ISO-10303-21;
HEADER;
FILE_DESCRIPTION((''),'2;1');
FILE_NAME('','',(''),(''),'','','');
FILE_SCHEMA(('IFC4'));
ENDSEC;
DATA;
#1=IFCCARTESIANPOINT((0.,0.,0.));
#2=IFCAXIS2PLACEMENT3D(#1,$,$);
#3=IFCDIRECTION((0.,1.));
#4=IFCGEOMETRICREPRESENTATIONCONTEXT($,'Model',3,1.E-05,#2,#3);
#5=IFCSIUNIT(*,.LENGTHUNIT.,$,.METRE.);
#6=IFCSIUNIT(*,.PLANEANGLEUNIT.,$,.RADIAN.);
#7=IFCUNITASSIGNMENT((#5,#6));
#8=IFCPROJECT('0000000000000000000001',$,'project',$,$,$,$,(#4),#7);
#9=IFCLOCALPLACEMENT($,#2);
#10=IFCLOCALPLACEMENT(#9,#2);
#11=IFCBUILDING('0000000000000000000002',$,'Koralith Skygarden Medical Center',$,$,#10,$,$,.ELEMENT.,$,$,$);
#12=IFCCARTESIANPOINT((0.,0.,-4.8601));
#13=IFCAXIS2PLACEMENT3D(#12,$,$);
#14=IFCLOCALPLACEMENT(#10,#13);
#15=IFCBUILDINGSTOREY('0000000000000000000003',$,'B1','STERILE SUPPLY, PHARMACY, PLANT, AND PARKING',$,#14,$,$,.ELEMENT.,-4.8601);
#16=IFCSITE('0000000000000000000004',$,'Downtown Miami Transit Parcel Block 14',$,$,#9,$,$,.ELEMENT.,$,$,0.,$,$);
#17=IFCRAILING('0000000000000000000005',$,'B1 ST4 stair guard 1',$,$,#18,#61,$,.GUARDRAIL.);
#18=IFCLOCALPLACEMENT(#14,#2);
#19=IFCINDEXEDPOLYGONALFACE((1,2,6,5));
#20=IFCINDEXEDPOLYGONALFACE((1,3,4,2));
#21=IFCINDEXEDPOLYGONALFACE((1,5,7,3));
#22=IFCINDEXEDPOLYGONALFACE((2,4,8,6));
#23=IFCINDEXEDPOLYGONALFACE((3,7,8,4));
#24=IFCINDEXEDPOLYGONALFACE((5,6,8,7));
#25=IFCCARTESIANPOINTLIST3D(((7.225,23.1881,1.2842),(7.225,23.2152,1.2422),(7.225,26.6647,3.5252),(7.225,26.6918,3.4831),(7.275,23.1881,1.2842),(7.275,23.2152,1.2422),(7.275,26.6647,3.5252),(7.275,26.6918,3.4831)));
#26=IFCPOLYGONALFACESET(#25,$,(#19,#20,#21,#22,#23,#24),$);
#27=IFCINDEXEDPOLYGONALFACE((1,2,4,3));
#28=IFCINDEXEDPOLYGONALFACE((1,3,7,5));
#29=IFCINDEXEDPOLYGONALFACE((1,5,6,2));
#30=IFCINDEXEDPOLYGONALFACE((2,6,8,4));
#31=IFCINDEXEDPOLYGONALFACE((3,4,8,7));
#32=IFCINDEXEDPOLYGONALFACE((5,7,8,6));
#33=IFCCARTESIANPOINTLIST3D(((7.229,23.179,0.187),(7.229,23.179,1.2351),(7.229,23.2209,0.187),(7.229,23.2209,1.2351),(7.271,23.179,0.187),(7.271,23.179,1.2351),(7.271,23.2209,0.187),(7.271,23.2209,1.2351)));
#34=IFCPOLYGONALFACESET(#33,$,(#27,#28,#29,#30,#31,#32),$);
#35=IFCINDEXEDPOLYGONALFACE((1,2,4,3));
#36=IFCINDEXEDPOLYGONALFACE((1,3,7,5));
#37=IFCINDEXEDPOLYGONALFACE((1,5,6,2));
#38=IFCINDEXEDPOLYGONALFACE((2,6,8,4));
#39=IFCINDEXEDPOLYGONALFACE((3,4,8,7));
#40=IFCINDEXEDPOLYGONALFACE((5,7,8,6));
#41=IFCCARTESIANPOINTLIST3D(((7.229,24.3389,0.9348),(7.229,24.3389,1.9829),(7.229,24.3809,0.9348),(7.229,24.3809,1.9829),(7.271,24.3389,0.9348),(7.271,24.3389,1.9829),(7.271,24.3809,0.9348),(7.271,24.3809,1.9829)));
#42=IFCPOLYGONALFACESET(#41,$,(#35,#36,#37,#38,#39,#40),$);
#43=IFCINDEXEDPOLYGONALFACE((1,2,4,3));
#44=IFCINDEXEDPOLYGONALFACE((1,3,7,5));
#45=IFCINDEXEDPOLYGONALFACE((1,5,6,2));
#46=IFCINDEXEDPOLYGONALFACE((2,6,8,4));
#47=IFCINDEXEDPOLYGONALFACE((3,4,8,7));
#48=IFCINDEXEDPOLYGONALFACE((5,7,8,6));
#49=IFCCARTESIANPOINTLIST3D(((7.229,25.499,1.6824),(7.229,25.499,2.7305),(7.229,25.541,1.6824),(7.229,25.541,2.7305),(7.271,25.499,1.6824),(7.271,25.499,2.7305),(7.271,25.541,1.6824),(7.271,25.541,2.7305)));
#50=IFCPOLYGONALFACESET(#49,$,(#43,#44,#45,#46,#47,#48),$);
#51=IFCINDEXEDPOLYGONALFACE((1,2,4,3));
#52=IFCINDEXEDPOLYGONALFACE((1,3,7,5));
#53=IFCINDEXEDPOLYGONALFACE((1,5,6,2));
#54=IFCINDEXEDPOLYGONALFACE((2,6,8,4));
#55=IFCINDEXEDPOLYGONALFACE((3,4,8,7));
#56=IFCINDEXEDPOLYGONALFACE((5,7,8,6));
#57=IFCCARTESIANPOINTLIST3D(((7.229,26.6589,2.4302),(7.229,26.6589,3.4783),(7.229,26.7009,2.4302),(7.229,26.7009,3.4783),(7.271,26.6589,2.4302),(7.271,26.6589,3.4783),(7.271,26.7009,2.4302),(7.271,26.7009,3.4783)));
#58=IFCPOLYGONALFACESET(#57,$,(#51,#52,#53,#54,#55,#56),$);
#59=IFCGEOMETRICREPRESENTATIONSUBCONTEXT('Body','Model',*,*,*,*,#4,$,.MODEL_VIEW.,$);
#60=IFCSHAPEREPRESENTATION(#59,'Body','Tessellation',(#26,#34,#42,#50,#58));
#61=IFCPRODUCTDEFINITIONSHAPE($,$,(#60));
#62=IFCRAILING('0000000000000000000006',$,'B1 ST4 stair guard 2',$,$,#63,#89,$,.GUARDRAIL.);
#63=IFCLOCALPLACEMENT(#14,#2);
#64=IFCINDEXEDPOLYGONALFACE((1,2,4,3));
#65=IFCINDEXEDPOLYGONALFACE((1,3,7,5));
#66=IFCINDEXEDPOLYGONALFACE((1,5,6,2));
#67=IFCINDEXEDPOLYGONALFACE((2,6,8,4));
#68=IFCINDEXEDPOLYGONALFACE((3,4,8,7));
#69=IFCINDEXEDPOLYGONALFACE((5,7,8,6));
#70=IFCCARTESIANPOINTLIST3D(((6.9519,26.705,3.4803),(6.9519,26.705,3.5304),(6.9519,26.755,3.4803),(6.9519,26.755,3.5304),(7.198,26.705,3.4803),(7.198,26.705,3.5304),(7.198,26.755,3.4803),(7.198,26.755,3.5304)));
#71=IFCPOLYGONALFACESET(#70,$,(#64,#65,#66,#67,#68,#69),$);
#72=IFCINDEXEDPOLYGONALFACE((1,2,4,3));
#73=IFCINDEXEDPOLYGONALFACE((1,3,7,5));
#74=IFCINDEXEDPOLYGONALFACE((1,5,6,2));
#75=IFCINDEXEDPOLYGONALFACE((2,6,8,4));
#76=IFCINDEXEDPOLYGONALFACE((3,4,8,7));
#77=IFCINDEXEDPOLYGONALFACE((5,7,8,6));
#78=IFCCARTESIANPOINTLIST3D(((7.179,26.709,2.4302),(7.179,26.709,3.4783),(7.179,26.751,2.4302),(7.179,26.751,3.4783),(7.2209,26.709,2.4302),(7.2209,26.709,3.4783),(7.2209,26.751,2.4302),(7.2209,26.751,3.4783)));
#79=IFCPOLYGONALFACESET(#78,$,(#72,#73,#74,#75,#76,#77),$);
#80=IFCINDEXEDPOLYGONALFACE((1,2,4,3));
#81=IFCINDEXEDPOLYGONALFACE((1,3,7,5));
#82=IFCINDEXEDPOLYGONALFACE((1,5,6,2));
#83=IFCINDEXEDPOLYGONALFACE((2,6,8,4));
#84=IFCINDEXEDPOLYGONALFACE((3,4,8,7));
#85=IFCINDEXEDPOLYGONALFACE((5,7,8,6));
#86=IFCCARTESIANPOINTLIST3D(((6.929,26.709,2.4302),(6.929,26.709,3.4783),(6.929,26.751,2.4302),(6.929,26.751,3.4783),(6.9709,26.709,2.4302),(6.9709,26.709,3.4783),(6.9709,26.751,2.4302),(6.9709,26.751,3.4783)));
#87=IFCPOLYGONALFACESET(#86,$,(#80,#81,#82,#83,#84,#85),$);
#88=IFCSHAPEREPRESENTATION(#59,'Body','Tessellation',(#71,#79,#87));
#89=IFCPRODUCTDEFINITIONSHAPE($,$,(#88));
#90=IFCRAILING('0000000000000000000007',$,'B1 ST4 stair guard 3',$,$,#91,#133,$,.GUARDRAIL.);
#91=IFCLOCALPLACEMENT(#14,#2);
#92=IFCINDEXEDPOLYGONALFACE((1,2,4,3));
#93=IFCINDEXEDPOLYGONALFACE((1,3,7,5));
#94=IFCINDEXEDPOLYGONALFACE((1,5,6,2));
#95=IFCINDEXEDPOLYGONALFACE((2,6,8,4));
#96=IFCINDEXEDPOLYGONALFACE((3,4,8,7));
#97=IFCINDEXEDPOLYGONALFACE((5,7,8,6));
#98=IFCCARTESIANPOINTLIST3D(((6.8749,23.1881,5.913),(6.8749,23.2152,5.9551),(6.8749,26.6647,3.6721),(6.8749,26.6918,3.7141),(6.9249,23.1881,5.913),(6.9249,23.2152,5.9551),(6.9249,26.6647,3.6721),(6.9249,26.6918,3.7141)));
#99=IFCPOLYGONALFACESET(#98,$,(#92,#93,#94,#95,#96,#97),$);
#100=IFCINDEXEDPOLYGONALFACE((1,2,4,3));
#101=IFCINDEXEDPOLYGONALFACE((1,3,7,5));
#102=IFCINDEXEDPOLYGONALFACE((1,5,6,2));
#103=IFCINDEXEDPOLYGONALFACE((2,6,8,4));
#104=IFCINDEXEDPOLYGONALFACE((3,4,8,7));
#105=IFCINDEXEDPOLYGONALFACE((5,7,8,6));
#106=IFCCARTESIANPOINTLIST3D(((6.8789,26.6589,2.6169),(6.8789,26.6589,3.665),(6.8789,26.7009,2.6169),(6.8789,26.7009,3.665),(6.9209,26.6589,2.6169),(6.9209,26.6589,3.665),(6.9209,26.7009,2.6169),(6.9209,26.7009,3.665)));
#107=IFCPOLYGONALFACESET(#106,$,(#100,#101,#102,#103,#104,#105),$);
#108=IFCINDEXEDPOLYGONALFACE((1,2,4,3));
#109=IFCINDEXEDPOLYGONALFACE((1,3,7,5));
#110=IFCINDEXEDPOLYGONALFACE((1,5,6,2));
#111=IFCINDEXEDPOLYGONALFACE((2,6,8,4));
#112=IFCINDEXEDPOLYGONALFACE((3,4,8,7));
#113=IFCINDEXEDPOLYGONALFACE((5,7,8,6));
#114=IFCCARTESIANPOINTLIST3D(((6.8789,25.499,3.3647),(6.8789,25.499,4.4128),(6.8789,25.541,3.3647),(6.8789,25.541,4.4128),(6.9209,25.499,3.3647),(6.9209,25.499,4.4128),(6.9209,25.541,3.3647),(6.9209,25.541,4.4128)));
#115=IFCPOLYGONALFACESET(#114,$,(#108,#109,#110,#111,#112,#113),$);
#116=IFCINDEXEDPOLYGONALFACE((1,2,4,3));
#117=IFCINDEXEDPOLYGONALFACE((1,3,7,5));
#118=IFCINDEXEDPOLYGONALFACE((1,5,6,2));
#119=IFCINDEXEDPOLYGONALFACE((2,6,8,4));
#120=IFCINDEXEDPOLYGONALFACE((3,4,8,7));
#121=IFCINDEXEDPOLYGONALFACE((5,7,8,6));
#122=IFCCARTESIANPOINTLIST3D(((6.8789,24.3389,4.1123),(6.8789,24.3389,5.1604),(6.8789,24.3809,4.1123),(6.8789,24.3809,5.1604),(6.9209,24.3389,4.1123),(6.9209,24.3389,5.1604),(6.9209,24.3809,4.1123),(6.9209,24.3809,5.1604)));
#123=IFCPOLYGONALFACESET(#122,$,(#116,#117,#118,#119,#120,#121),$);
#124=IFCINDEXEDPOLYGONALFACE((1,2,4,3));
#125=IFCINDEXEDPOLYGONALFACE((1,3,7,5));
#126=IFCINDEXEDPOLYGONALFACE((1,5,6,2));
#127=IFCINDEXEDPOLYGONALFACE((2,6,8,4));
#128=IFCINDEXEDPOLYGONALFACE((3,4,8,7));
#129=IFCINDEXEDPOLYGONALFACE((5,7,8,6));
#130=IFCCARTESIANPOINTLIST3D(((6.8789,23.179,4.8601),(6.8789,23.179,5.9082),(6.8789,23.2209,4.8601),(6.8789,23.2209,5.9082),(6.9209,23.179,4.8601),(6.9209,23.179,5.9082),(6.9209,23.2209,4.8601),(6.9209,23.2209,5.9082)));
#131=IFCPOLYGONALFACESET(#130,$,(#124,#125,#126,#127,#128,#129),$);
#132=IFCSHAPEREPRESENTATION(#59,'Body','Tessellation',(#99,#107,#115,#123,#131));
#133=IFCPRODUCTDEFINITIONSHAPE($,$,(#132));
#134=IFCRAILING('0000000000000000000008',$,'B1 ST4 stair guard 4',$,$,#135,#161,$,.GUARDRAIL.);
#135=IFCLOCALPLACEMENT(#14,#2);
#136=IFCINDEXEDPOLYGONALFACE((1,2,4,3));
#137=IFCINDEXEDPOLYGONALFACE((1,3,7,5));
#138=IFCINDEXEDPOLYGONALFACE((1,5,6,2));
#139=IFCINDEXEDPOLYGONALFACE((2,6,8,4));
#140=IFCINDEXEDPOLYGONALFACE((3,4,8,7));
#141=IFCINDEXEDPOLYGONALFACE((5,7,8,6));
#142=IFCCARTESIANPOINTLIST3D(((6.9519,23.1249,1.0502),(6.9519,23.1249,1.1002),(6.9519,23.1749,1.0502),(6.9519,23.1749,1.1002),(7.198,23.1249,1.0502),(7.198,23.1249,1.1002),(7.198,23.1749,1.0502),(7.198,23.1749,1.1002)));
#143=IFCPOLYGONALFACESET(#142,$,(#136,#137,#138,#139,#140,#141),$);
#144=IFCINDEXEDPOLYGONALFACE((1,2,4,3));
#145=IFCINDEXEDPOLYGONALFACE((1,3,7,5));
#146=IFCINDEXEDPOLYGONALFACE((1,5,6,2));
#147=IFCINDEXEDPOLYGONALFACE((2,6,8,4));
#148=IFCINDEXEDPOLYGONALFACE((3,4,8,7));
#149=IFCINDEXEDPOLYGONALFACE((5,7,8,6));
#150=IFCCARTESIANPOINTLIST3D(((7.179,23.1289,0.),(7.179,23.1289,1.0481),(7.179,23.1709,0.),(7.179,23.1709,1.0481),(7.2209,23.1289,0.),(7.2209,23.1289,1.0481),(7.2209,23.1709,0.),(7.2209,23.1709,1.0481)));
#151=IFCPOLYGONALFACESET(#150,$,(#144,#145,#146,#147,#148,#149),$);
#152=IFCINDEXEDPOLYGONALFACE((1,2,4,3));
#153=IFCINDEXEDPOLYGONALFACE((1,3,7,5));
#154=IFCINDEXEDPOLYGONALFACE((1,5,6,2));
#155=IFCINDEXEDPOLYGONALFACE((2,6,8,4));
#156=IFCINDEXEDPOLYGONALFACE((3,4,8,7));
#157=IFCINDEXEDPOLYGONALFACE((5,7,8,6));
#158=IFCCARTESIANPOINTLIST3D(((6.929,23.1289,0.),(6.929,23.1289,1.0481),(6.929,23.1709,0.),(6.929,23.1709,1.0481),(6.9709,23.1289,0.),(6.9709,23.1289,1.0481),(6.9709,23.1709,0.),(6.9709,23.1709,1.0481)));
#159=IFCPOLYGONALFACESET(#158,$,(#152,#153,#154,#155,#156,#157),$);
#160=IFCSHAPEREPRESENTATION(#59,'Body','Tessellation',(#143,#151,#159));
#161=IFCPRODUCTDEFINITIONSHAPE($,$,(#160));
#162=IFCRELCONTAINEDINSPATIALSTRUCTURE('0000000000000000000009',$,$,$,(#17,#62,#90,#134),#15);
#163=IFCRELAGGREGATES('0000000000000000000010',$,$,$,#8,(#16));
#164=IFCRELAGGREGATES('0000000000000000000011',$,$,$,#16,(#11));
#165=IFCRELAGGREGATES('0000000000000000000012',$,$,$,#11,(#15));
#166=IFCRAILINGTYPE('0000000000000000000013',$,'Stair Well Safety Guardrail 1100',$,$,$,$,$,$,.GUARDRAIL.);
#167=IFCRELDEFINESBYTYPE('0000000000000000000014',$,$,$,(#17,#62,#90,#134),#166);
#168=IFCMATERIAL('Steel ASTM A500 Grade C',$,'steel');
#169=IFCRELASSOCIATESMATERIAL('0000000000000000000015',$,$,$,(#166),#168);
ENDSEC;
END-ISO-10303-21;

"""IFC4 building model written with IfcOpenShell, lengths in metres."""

from ifc_helpers import new_model, si_unit, direction, frame, origin, origin_2d, place, context, subcontext, project, spatial, rectangle, extrude, material, type_object, element, save


model = new_model("IFC4")

# Units and contexts
model_context = context("Model", 3, precision=1e-05, world=origin(), true_north=direction((0.0, 1.0)))
body_context = subcontext(model_context, "Body", "Model", "MODEL_VIEW")
ifc_project = project(units=[si_unit("LENGTHUNIT", "METRE"), si_unit("PLANEANGLEUNIT", "RADIAN")], contexts=[model_context])

# Site, building, storey
site_placement = place(None, origin())
site = spatial("IfcSite", under=ifc_project, at=site_placement, Name="Downtown Miami Transit Parcel Block 14", CompositionType="ELEMENT", RefElevation=0.0)
building_placement = place(site_placement, origin())
building = spatial("IfcBuilding", under=site, at=building_placement, Name="Koralith Skygarden Medical Center", CompositionType="ELEMENT")
storey_placement = place(building_placement, frame((0.0, 0.0, -4.8601)))
storey = spatial("IfcBuildingStorey", under=building, at=storey_placement, Name="B1", Description="STERILE SUPPLY, PHARMACY, PLANT, AND PARKING", CompositionType="ELEMENT", Elevation=-4.8601)

# Railings
ifc_material_1 = material(Name="Steel ASTM A500 Grade C", Category="steel")
railing_type_1 = type_object("IfcRailingType", Name="Stair Well Safety Guardrail 1100", PredefinedType="GUARDRAIL", material=ifc_material_1)
railing_1_placement = place(storey_placement, frame((7.25, 23.2, 0.187)))
element("IfcRailing", 1, at=railing_1_placement, inside=storey, type_object=railing_type_1, Name="B1 ST4 stair guard 1", PredefinedType="GUARDRAIL", context=body_context, shape_type="SweptSolid", body=[
    extrude(rectangle(XDim=0.05, YDim=0.05, at=origin_2d()), frame((0.0, 0.0017, 1.0762), z_axis=(0.0, 0.840515, 0.541788), x_axis=(-1.0, 0.0, 0.0)), (0.0, 0.0, 1.0), 4.1362),
    extrude(rectangle(XDim=0.042, YDim=0.042, at=origin_2d()), origin(), (0.0, 0.0, 1.0), 1.0481),
    extrude(rectangle(XDim=0.042, YDim=0.042, at=origin_2d()), frame((0.0, 1.1599, 0.7478)), (0.0, 0.0, 1.0), 1.0481),
    extrude(rectangle(XDim=0.042, YDim=0.042, at=origin_2d()), frame((0.0, 2.3201, 1.4954)), (0.0, 0.0, 1.0), 1.0481),
    extrude(rectangle(XDim=0.042, YDim=0.042, at=origin_2d()), frame((0.0, 3.48, 2.2432)), (0.0, 0.0, 1.0), 1.0481),
])
railing_2_placement = place(storey_placement, frame((7.2, 26.73, 2.4302)))
element("IfcRailing", 2, at=railing_2_placement, inside=storey, type_object=railing_type_1, Name="B1 ST4 stair guard 2", PredefinedType="GUARDRAIL", context=body_context, shape_type="SweptSolid", body=[
    extrude(rectangle(XDim=0.05, YDim=0.05, at=origin_2d()), frame((-0.002, 0.0, 1.0752), z_axis=(-1.0, 0.0, 0.0), x_axis=(0.0, -1.0, 0.0)), (0.0, 0.0, 1.0), 0.2461),
    extrude(rectangle(XDim=0.042, YDim=0.042, at=origin_2d()), origin(), (0.0, 0.0, 1.0), 1.0481),
    extrude(rectangle(XDim=0.042, YDim=0.042, at=origin_2d()), frame((-0.25, 0.0, 0.0)), (0.0, 0.0, 1.0), 1.0481),
])
railing_3_placement = place(storey_placement, frame((6.8999, 26.6799, 2.6169)))
element("IfcRailing", 3, at=railing_3_placement, inside=storey, type_object=railing_type_1, Name="B1 ST4 stair guard 3", PredefinedType="GUARDRAIL", context=body_context, shape_type="SweptSolid", body=[
    extrude(rectangle(XDim=0.05, YDim=0.05, at=origin_2d()), frame((0.0, -0.0017, 1.0762), z_axis=(0.0, -0.840515, 0.541788), x_axis=(1.0, 0.0, 0.0)), (0.0, 0.0, 1.0), 4.1362),
    extrude(rectangle(XDim=0.042, YDim=0.042, at=origin_2d()), origin(), (0.0, 0.0, 1.0), 1.0481),
    extrude(rectangle(XDim=0.042, YDim=0.042, at=origin_2d()), frame((0.0, -1.1599, 0.7478)), (0.0, 0.0, 1.0), 1.0481),
    extrude(rectangle(XDim=0.042, YDim=0.042, at=origin_2d()), frame((0.0, -2.3201, 1.4954)), (0.0, 0.0, 1.0), 1.0481),
    extrude(rectangle(XDim=0.042, YDim=0.042, at=origin_2d()), frame((0.0, -3.48, 2.2432)), (0.0, 0.0, 1.0), 1.0481),
])
railing_4_placement = place(storey_placement, frame((7.2, 23.1499, 0.0)))
element("IfcRailing", 4, at=railing_4_placement, inside=storey, type_object=railing_type_1, Name="B1 ST4 stair guard 4", PredefinedType="GUARDRAIL", context=body_context, shape_type="SweptSolid", body=[
    extrude(rectangle(XDim=0.05, YDim=0.05, at=origin_2d()), frame((-0.002, 0.0, 1.0752), z_axis=(-1.0, 0.0, 0.0), x_axis=(0.0, -1.0, 0.0)), (0.0, 0.0, 1.0), 0.2461),
    extrude(rectangle(XDim=0.042, YDim=0.042, at=origin_2d()), origin(), (0.0, 0.0, 1.0), 1.0481),
    extrude(rectangle(XDim=0.042, YDim=0.042, at=origin_2d()), frame((-0.25, 0.0, 0.0)), (0.0, 0.0, 1.0), 1.0481),
])

save(model, "model.ifc")
